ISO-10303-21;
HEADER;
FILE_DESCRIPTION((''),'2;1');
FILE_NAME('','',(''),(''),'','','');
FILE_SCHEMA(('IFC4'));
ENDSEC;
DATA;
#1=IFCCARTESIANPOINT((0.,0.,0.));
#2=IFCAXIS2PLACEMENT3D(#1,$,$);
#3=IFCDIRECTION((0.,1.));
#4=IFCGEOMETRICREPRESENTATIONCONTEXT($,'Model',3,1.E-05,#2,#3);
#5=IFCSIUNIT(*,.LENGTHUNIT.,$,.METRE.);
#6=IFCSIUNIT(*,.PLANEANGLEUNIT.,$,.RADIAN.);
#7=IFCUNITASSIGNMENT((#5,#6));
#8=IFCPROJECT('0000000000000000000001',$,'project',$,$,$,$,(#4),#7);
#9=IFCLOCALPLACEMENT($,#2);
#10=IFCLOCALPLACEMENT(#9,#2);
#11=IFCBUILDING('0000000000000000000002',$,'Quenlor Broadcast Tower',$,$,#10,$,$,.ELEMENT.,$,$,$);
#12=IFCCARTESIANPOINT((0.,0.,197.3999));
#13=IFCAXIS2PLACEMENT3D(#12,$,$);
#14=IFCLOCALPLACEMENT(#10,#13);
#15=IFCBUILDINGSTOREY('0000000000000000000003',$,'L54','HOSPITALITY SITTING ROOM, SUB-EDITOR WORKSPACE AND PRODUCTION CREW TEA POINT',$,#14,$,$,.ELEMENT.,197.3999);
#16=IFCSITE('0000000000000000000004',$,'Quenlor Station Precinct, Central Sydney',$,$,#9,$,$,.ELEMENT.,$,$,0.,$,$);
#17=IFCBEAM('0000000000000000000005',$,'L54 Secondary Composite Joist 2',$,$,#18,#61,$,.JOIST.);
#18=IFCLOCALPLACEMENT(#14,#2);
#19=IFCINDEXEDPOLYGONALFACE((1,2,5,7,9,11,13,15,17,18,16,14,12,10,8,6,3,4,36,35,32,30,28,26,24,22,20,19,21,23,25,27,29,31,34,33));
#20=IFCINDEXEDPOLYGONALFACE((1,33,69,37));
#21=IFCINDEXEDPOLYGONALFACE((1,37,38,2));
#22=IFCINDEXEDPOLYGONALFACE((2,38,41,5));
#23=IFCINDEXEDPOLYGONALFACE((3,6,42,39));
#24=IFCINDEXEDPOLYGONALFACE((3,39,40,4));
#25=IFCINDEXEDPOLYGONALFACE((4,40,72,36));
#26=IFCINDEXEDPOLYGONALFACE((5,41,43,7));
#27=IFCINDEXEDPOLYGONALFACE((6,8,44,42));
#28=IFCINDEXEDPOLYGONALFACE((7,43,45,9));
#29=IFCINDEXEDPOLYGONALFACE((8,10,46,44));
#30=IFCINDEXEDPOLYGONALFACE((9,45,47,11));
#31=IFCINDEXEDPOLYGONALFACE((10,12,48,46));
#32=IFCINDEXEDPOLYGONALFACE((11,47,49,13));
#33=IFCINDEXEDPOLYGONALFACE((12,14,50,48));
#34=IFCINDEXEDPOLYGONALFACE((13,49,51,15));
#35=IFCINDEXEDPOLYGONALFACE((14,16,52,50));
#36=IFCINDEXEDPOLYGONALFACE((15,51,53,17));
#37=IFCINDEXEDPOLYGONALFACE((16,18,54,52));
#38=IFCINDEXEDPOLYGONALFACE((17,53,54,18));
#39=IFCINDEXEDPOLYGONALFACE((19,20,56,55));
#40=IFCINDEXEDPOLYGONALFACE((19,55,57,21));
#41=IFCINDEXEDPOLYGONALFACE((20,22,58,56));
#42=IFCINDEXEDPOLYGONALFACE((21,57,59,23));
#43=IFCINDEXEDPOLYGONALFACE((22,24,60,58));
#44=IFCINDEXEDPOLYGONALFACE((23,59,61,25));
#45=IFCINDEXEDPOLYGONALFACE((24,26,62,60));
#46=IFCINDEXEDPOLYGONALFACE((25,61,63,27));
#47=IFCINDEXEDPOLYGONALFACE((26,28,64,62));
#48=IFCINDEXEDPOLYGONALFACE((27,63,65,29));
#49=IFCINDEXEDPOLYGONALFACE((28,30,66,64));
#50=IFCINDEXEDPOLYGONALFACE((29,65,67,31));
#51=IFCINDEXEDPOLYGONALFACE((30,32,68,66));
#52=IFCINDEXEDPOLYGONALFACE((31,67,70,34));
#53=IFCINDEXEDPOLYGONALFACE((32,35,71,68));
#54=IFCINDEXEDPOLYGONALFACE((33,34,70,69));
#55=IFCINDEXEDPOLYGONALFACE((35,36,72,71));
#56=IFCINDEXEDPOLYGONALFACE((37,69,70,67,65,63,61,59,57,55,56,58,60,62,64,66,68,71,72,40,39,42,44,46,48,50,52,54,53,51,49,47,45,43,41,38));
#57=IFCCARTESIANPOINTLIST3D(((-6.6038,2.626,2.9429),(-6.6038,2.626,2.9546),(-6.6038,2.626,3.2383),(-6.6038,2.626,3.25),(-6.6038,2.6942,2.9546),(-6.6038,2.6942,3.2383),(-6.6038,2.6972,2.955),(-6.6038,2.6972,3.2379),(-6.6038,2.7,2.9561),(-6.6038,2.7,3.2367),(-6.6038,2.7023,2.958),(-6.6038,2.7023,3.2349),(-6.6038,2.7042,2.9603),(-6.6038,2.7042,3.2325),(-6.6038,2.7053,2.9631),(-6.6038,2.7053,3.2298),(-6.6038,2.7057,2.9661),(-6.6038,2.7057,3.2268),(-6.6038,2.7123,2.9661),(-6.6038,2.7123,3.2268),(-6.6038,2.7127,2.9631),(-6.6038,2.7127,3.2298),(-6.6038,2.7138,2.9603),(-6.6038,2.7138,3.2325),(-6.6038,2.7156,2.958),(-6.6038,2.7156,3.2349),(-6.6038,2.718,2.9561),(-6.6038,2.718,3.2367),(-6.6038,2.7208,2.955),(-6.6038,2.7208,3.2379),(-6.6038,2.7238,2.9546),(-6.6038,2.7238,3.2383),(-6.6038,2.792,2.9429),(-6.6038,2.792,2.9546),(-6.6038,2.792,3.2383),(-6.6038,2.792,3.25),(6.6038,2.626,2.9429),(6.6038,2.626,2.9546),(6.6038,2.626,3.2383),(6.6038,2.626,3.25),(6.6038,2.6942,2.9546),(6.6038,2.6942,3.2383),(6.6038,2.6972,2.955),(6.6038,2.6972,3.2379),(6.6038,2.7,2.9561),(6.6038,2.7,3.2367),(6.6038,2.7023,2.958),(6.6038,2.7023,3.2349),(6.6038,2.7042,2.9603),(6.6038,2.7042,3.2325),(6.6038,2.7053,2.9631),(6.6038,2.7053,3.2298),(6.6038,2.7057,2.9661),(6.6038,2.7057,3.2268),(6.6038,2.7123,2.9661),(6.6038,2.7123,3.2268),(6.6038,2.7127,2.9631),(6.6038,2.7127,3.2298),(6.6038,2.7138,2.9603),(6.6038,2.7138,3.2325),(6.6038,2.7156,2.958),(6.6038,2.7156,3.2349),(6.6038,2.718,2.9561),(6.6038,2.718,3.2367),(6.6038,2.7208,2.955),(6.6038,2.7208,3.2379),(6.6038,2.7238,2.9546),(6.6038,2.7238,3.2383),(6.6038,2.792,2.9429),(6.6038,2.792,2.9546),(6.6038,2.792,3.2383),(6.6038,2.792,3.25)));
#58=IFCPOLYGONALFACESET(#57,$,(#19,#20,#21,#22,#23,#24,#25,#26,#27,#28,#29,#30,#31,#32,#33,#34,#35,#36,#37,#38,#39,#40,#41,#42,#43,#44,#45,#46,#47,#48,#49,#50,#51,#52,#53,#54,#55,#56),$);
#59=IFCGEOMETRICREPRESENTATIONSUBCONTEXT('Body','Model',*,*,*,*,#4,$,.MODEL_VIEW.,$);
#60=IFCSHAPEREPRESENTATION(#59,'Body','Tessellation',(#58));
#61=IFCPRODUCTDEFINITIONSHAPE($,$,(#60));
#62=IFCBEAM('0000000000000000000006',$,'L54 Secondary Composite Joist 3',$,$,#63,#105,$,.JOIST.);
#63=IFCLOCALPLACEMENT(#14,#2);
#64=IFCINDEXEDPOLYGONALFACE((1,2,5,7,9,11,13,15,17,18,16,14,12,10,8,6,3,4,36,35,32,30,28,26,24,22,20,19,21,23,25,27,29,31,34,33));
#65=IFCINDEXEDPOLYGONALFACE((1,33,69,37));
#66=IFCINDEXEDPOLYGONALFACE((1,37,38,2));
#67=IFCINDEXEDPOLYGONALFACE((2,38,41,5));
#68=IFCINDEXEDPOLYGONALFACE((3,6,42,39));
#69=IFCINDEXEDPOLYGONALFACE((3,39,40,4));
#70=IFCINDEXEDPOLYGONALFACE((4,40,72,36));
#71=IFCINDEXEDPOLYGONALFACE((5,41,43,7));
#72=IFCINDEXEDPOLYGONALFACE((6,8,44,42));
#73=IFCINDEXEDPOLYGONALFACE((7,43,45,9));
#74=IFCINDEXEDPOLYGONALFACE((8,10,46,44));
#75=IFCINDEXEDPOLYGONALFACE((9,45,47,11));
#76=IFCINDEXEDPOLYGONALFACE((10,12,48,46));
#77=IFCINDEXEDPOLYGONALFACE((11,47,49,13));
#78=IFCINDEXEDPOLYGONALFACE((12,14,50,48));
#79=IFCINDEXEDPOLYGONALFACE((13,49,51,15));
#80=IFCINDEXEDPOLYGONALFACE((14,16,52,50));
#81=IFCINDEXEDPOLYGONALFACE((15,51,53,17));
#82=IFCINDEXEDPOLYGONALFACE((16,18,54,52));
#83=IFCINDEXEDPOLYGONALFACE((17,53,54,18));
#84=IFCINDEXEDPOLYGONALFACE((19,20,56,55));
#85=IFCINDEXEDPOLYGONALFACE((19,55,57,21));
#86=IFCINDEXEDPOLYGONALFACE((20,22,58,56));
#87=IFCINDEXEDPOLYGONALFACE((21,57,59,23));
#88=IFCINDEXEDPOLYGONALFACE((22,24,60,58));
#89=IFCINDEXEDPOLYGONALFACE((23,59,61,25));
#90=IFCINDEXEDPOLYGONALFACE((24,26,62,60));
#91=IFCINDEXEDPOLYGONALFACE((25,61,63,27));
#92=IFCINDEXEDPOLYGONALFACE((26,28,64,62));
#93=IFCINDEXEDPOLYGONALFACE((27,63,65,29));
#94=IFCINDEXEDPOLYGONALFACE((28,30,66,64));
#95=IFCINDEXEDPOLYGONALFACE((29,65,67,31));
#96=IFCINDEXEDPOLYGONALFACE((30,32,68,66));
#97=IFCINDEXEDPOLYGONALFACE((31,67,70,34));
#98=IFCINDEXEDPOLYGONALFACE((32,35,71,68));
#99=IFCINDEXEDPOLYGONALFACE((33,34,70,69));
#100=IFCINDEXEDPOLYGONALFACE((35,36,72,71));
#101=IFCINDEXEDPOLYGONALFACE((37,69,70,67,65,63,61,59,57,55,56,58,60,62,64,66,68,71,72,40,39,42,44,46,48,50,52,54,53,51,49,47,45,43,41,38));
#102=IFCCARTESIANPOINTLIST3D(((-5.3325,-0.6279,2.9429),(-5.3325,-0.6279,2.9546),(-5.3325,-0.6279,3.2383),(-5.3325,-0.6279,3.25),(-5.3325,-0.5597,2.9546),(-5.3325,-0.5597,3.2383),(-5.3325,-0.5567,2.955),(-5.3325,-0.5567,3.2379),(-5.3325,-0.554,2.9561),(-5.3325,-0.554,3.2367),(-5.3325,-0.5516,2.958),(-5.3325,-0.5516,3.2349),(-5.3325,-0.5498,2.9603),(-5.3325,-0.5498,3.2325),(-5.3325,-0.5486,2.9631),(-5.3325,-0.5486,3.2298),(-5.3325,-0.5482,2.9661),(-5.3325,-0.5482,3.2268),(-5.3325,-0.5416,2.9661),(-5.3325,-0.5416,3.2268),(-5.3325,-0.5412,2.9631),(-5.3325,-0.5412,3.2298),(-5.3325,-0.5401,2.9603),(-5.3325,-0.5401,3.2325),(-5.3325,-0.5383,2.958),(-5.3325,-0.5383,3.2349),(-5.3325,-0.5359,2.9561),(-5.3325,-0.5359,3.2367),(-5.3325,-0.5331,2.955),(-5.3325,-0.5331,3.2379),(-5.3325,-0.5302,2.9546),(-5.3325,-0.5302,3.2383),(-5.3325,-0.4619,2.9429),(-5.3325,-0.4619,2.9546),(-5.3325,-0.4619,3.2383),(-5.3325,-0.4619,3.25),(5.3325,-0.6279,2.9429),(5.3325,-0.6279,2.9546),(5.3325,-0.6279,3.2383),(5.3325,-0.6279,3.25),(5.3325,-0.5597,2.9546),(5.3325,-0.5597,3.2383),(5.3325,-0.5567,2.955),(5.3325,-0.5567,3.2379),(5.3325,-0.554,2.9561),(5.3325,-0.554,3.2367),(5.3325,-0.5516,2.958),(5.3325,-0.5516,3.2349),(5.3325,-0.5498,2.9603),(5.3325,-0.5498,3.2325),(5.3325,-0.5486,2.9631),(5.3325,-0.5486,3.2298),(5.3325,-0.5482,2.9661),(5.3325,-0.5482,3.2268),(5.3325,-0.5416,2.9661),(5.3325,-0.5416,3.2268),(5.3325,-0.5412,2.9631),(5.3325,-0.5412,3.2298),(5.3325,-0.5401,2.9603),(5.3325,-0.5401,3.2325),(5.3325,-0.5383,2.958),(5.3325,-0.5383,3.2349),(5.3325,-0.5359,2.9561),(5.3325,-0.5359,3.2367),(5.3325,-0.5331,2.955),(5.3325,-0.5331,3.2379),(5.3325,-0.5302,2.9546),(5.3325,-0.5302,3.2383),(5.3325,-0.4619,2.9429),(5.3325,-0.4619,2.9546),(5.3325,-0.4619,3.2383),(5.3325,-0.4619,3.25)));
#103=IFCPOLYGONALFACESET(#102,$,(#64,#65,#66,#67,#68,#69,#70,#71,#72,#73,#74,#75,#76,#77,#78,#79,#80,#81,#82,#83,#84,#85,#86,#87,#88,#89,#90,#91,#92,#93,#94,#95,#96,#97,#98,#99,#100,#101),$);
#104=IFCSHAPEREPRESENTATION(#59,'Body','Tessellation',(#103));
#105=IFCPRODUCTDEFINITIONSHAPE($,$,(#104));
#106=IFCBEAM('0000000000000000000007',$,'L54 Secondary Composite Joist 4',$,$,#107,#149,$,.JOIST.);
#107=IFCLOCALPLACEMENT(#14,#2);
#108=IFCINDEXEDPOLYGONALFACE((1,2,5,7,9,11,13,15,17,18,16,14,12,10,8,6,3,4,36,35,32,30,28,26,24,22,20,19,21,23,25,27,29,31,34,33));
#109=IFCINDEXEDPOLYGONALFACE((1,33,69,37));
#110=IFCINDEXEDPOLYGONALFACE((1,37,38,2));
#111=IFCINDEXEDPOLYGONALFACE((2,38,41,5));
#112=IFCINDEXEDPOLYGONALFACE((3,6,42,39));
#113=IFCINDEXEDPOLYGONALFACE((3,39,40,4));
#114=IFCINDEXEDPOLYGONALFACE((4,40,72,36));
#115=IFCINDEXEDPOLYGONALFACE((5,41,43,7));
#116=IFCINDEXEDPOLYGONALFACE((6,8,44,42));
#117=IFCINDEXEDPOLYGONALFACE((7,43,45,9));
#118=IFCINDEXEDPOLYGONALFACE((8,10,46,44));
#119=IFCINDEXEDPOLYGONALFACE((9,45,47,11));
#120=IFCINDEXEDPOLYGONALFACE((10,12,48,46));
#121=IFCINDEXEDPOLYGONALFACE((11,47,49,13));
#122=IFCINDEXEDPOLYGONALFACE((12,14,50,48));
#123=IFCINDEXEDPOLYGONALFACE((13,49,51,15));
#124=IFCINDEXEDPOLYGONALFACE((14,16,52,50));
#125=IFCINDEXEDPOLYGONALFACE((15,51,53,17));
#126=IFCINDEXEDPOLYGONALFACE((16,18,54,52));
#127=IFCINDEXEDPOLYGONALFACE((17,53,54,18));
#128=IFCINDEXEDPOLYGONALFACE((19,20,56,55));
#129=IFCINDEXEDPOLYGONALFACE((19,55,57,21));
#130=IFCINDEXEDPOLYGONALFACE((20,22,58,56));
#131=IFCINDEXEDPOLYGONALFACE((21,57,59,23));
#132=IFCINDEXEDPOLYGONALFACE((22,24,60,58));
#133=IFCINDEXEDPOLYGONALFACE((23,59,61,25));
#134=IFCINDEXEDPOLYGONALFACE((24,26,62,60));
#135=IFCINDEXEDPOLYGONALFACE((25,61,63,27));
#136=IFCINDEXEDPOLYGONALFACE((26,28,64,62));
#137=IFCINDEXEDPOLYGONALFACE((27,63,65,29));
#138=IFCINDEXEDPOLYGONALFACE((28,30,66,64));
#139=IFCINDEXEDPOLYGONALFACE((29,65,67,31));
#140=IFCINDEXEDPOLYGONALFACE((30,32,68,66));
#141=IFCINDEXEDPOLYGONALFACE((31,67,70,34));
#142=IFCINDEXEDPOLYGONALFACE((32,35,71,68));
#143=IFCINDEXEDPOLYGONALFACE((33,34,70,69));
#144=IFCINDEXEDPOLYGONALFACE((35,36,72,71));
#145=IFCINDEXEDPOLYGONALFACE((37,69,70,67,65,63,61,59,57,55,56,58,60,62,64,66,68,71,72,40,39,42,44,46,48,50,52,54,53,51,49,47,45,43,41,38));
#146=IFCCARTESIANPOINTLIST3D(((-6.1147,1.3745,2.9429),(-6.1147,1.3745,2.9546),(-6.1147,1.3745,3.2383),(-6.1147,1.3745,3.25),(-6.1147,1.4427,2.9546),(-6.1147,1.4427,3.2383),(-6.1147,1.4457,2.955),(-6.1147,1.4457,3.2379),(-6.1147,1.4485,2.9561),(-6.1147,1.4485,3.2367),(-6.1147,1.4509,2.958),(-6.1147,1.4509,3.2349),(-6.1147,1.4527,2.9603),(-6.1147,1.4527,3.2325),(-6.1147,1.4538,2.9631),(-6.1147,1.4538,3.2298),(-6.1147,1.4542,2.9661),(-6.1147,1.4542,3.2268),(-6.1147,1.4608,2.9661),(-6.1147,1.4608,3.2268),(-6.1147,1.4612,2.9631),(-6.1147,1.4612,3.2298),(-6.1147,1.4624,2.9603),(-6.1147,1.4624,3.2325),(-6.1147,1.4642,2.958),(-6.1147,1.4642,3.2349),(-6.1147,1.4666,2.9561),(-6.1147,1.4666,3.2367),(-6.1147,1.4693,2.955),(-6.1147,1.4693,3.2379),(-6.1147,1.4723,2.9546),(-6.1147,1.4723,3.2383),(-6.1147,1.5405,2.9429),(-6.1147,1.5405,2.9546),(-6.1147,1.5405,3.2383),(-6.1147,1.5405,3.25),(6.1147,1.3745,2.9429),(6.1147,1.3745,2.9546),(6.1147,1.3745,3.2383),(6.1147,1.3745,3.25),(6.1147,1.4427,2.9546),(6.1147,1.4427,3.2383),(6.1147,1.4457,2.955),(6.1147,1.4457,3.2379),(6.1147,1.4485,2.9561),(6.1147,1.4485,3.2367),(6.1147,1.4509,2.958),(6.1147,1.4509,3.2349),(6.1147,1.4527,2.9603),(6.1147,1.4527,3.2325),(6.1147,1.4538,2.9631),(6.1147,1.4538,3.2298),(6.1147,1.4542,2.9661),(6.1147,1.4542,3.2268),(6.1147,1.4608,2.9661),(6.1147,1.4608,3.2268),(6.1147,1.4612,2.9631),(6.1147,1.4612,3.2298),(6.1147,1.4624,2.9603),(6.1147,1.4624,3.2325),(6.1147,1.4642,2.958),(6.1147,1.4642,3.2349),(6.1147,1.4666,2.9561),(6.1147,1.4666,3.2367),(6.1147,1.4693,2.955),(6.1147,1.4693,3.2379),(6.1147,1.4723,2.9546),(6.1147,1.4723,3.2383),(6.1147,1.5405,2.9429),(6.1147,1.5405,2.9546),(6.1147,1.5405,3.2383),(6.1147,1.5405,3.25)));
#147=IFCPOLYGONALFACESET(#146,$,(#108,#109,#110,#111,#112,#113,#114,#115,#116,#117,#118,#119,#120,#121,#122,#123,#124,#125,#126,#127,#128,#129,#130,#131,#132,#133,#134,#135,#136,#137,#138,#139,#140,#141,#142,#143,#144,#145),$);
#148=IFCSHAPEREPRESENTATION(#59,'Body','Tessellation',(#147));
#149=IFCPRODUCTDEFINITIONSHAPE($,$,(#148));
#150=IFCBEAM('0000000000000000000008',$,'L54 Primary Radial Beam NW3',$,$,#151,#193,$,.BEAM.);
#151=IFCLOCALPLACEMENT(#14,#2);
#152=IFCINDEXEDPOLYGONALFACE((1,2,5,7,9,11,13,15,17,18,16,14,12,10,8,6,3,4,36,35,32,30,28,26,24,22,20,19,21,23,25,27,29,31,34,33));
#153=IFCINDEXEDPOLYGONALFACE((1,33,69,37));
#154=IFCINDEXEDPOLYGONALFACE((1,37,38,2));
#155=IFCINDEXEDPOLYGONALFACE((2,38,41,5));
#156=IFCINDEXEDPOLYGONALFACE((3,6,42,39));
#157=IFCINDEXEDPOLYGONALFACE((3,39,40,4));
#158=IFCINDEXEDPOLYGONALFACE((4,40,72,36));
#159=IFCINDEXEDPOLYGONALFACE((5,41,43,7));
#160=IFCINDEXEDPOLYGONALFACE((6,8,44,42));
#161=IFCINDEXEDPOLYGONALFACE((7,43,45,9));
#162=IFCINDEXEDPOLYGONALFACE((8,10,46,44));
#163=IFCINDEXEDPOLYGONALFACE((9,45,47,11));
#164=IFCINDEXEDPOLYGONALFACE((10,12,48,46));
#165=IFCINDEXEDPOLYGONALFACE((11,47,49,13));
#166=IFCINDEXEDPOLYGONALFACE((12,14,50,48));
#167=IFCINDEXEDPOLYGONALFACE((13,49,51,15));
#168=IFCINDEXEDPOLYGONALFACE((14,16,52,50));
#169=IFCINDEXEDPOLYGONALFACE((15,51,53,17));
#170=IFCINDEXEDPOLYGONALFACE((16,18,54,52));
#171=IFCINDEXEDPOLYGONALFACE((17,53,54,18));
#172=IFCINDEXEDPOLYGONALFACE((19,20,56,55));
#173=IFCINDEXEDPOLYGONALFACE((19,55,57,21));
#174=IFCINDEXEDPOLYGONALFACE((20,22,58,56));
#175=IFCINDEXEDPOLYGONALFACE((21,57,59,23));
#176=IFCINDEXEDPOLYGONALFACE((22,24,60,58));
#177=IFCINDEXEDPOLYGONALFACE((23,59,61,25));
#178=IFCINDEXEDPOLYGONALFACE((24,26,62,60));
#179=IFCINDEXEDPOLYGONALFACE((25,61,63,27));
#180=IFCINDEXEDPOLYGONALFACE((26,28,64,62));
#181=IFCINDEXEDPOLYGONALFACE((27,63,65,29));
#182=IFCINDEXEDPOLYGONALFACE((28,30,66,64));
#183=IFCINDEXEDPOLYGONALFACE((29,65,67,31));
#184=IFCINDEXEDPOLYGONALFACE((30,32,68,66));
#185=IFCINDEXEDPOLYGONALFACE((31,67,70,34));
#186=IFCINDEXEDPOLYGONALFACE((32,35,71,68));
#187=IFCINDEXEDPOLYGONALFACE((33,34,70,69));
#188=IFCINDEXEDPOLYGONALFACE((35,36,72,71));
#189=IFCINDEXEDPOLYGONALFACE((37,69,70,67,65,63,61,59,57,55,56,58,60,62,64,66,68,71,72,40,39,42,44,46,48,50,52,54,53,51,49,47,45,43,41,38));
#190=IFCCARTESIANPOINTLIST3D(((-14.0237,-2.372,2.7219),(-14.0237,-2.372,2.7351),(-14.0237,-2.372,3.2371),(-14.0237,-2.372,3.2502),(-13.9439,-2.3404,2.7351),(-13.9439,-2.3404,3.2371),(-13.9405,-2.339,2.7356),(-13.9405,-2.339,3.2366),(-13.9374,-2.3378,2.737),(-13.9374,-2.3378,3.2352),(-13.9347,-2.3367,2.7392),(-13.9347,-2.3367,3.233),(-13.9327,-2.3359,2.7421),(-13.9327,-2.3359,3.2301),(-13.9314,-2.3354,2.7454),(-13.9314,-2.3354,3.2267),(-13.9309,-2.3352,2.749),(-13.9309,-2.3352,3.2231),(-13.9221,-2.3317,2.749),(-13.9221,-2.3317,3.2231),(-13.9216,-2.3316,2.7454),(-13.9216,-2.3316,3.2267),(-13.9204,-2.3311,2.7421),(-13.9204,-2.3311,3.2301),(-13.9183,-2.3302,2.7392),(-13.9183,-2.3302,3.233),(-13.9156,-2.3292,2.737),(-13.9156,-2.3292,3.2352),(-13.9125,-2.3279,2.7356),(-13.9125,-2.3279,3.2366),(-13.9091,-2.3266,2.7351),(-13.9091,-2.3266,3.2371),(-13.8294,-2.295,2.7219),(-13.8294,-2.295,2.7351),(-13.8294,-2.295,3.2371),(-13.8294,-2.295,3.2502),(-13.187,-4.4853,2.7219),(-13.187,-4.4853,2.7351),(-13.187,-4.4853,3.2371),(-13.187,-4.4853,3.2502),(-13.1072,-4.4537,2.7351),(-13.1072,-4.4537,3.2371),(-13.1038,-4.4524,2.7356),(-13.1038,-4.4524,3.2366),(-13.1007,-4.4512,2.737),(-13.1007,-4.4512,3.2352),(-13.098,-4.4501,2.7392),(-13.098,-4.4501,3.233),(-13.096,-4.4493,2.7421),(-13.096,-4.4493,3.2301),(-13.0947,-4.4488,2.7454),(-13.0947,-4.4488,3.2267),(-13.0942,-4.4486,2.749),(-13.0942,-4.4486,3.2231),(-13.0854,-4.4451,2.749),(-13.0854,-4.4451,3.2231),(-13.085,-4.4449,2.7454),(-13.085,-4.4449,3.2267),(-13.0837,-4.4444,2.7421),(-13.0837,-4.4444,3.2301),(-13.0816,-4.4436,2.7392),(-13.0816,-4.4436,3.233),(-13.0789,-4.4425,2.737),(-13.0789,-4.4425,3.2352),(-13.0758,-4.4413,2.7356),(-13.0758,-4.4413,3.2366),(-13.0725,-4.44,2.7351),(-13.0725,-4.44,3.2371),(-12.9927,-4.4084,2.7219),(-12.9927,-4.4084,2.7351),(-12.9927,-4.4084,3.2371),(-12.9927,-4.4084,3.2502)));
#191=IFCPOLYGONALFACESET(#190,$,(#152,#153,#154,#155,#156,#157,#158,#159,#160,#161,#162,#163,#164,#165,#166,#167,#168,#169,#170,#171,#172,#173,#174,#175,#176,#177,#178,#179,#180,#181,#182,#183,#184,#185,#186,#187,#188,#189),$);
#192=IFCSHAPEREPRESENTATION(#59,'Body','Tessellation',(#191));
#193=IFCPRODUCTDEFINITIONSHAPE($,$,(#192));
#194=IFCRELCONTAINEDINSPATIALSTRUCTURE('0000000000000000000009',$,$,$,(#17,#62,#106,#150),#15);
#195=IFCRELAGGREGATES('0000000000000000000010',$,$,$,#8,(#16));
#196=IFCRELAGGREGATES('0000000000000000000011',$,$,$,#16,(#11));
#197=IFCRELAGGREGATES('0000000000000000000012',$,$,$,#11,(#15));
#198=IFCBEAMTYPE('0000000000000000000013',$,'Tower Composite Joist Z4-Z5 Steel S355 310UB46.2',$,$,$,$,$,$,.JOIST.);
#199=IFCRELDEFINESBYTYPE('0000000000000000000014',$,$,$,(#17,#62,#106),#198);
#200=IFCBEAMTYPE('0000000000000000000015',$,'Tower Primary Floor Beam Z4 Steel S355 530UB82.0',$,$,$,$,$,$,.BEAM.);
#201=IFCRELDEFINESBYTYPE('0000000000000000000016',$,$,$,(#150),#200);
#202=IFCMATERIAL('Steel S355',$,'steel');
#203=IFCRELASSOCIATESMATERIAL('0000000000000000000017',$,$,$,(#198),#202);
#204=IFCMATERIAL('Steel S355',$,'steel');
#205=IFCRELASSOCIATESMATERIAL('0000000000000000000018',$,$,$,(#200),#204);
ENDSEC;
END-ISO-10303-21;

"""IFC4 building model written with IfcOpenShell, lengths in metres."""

from ifc_helpers import new_model, si_unit, direction, frame, origin, origin_2d, place, context, subcontext, project, spatial, i_section, extrude, material, material_profile, profile_set, type_object, element, save


model = new_model("IFC4")

# Units and contexts
model_context = context("Model", 3, precision=1e-05, world=origin(), true_north=direction((0.0, 1.0)))
body_context = subcontext(model_context, "Body", "Model", "MODEL_VIEW")
ifc_project = project(units=[si_unit("LENGTHUNIT", "METRE"), si_unit("PLANEANGLEUNIT", "RADIAN")], contexts=[model_context])

# Site, building, storey
site_placement = place(None, origin())
site = spatial("IfcSite", under=ifc_project, at=site_placement, Name="Quenlor Station Precinct, Central Sydney", CompositionType="ELEMENT", RefElevation=0.0)
building_placement = place(site_placement, origin())
building = spatial("IfcBuilding", under=site, at=building_placement, Name="Quenlor Broadcast Tower", CompositionType="ELEMENT")
storey_placement = place(building_placement, frame((0.0, 0.0, 197.3999)))
storey = spatial("IfcBuildingStorey", under=building, at=storey_placement, Name="L54", Description="HOSPITALITY SITTING ROOM, SUB-EDITOR WORKSPACE AND PRODUCTION CREW TEA POINT", CompositionType="ELEMENT", Elevation=197.3999)

# Beams
ifc_material_1 = material(Name="Steel S355", Category="steel")
ifc_material_profile_1 = material_profile(ifc_material_1, i_section(OverallWidth=0.166, OverallDepth=0.3071, WebThickness=0.0066, FlangeThickness=0.0117, FilletRadius=0.0115, at=origin_2d()))
ifc_profile_set_1 = profile_set([ifc_material_profile_1], Name="Steel S355 310UB46.2")
beam_type_1 = type_object("IfcBeamType", Name="Tower Composite Joist Z4-Z5 Steel S355 310UB46.2", PredefinedType="JOIST", material=ifc_profile_set_1)
beam_1_placement = place(storey_placement, frame((-6.6038, 2.709, 3.0964), z_axis=(1.0, 0.0, 0.0), x_axis=(0.0, 1.0, 0.0)))
element("IfcBeam", 1, at=beam_1_placement, inside=storey, type_object=beam_type_1, Name="L54 Secondary Composite Joist 2", PredefinedType="JOIST", context=body_context, shape_type="SweptSolid", body=[
    extrude(i_section(OverallWidth=0.166, OverallDepth=0.3071, WebThickness=0.0066, FlangeThickness=0.0117, FilletRadius=0.0115, at=origin_2d()), origin(), (0.0, 0.0, 1.0), 13.2075),
])
beam_2_placement = place(storey_placement, frame((-5.3325, -0.5449, 3.0964), z_axis=(1.0, 0.0, 0.0), x_axis=(0.0, 1.0, 0.0)))
element("IfcBeam", 2, at=beam_2_placement, inside=storey, type_object=beam_type_1, Name="L54 Secondary Composite Joist 3", PredefinedType="JOIST", context=body_context, shape_type="SweptSolid", body=[
    extrude(i_section(OverallWidth=0.166, OverallDepth=0.3071, WebThickness=0.0066, FlangeThickness=0.0117, FilletRadius=0.0115, at=origin_2d()), origin(), (0.0, 0.0, 1.0), 10.665),
])
beam_3_placement = place(storey_placement, frame((-6.1147, 1.4575, 3.0964), z_axis=(1.0, 0.0, 0.0), x_axis=(0.0, 1.0, 0.0)))
element("IfcBeam", 3, at=beam_3_placement, inside=storey, type_object=beam_type_1, Name="L54 Secondary Composite Joist 4", PredefinedType="JOIST", context=body_context, shape_type="SweptSolid", body=[
    extrude(i_section(OverallWidth=0.166, OverallDepth=0.3071, WebThickness=0.0066, FlangeThickness=0.0117, FilletRadius=0.0115, at=origin_2d()), origin(), (0.0, 0.0, 1.0), 12.2295),
])
ifc_material_2 = material(Name="Steel S355", Category="steel")
ifc_material_profile_2 = material_profile(ifc_material_2, i_section(OverallWidth=0.209, OverallDepth=0.5283, WebThickness=0.0095, FlangeThickness=0.0132, FilletRadius=0.0139, at=origin_2d()))
ifc_profile_set_2 = profile_set([ifc_material_profile_2], Name="Steel S355 530UB82.0")
beam_type_2 = type_object("IfcBeamType", Name="Tower Primary Floor Beam Z4 Steel S355 530UB82.0", PredefinedType="BEAM", material=ifc_profile_set_2)
beam_4_placement = place(storey_placement, frame((-13.9265, -2.3335, 2.9861), z_axis=(0.36811, -0.929782, 0.0), x_axis=(0.929782, 0.36811, 0.0)))
element("IfcBeam", 4, at=beam_4_placement, inside=storey, type_object=beam_type_2, Name="L54 Primary Radial Beam NW3", PredefinedType="BEAM", context=body_context, shape_type="SweptSolid", body=[
    extrude(i_section(OverallWidth=0.209, OverallDepth=0.5283, WebThickness=0.0095, FlangeThickness=0.0132, FilletRadius=0.0139, at=origin_2d()), origin(), (0.0, 0.0, 1.0), 2.2729),
])

save(model, "model.ifc")
